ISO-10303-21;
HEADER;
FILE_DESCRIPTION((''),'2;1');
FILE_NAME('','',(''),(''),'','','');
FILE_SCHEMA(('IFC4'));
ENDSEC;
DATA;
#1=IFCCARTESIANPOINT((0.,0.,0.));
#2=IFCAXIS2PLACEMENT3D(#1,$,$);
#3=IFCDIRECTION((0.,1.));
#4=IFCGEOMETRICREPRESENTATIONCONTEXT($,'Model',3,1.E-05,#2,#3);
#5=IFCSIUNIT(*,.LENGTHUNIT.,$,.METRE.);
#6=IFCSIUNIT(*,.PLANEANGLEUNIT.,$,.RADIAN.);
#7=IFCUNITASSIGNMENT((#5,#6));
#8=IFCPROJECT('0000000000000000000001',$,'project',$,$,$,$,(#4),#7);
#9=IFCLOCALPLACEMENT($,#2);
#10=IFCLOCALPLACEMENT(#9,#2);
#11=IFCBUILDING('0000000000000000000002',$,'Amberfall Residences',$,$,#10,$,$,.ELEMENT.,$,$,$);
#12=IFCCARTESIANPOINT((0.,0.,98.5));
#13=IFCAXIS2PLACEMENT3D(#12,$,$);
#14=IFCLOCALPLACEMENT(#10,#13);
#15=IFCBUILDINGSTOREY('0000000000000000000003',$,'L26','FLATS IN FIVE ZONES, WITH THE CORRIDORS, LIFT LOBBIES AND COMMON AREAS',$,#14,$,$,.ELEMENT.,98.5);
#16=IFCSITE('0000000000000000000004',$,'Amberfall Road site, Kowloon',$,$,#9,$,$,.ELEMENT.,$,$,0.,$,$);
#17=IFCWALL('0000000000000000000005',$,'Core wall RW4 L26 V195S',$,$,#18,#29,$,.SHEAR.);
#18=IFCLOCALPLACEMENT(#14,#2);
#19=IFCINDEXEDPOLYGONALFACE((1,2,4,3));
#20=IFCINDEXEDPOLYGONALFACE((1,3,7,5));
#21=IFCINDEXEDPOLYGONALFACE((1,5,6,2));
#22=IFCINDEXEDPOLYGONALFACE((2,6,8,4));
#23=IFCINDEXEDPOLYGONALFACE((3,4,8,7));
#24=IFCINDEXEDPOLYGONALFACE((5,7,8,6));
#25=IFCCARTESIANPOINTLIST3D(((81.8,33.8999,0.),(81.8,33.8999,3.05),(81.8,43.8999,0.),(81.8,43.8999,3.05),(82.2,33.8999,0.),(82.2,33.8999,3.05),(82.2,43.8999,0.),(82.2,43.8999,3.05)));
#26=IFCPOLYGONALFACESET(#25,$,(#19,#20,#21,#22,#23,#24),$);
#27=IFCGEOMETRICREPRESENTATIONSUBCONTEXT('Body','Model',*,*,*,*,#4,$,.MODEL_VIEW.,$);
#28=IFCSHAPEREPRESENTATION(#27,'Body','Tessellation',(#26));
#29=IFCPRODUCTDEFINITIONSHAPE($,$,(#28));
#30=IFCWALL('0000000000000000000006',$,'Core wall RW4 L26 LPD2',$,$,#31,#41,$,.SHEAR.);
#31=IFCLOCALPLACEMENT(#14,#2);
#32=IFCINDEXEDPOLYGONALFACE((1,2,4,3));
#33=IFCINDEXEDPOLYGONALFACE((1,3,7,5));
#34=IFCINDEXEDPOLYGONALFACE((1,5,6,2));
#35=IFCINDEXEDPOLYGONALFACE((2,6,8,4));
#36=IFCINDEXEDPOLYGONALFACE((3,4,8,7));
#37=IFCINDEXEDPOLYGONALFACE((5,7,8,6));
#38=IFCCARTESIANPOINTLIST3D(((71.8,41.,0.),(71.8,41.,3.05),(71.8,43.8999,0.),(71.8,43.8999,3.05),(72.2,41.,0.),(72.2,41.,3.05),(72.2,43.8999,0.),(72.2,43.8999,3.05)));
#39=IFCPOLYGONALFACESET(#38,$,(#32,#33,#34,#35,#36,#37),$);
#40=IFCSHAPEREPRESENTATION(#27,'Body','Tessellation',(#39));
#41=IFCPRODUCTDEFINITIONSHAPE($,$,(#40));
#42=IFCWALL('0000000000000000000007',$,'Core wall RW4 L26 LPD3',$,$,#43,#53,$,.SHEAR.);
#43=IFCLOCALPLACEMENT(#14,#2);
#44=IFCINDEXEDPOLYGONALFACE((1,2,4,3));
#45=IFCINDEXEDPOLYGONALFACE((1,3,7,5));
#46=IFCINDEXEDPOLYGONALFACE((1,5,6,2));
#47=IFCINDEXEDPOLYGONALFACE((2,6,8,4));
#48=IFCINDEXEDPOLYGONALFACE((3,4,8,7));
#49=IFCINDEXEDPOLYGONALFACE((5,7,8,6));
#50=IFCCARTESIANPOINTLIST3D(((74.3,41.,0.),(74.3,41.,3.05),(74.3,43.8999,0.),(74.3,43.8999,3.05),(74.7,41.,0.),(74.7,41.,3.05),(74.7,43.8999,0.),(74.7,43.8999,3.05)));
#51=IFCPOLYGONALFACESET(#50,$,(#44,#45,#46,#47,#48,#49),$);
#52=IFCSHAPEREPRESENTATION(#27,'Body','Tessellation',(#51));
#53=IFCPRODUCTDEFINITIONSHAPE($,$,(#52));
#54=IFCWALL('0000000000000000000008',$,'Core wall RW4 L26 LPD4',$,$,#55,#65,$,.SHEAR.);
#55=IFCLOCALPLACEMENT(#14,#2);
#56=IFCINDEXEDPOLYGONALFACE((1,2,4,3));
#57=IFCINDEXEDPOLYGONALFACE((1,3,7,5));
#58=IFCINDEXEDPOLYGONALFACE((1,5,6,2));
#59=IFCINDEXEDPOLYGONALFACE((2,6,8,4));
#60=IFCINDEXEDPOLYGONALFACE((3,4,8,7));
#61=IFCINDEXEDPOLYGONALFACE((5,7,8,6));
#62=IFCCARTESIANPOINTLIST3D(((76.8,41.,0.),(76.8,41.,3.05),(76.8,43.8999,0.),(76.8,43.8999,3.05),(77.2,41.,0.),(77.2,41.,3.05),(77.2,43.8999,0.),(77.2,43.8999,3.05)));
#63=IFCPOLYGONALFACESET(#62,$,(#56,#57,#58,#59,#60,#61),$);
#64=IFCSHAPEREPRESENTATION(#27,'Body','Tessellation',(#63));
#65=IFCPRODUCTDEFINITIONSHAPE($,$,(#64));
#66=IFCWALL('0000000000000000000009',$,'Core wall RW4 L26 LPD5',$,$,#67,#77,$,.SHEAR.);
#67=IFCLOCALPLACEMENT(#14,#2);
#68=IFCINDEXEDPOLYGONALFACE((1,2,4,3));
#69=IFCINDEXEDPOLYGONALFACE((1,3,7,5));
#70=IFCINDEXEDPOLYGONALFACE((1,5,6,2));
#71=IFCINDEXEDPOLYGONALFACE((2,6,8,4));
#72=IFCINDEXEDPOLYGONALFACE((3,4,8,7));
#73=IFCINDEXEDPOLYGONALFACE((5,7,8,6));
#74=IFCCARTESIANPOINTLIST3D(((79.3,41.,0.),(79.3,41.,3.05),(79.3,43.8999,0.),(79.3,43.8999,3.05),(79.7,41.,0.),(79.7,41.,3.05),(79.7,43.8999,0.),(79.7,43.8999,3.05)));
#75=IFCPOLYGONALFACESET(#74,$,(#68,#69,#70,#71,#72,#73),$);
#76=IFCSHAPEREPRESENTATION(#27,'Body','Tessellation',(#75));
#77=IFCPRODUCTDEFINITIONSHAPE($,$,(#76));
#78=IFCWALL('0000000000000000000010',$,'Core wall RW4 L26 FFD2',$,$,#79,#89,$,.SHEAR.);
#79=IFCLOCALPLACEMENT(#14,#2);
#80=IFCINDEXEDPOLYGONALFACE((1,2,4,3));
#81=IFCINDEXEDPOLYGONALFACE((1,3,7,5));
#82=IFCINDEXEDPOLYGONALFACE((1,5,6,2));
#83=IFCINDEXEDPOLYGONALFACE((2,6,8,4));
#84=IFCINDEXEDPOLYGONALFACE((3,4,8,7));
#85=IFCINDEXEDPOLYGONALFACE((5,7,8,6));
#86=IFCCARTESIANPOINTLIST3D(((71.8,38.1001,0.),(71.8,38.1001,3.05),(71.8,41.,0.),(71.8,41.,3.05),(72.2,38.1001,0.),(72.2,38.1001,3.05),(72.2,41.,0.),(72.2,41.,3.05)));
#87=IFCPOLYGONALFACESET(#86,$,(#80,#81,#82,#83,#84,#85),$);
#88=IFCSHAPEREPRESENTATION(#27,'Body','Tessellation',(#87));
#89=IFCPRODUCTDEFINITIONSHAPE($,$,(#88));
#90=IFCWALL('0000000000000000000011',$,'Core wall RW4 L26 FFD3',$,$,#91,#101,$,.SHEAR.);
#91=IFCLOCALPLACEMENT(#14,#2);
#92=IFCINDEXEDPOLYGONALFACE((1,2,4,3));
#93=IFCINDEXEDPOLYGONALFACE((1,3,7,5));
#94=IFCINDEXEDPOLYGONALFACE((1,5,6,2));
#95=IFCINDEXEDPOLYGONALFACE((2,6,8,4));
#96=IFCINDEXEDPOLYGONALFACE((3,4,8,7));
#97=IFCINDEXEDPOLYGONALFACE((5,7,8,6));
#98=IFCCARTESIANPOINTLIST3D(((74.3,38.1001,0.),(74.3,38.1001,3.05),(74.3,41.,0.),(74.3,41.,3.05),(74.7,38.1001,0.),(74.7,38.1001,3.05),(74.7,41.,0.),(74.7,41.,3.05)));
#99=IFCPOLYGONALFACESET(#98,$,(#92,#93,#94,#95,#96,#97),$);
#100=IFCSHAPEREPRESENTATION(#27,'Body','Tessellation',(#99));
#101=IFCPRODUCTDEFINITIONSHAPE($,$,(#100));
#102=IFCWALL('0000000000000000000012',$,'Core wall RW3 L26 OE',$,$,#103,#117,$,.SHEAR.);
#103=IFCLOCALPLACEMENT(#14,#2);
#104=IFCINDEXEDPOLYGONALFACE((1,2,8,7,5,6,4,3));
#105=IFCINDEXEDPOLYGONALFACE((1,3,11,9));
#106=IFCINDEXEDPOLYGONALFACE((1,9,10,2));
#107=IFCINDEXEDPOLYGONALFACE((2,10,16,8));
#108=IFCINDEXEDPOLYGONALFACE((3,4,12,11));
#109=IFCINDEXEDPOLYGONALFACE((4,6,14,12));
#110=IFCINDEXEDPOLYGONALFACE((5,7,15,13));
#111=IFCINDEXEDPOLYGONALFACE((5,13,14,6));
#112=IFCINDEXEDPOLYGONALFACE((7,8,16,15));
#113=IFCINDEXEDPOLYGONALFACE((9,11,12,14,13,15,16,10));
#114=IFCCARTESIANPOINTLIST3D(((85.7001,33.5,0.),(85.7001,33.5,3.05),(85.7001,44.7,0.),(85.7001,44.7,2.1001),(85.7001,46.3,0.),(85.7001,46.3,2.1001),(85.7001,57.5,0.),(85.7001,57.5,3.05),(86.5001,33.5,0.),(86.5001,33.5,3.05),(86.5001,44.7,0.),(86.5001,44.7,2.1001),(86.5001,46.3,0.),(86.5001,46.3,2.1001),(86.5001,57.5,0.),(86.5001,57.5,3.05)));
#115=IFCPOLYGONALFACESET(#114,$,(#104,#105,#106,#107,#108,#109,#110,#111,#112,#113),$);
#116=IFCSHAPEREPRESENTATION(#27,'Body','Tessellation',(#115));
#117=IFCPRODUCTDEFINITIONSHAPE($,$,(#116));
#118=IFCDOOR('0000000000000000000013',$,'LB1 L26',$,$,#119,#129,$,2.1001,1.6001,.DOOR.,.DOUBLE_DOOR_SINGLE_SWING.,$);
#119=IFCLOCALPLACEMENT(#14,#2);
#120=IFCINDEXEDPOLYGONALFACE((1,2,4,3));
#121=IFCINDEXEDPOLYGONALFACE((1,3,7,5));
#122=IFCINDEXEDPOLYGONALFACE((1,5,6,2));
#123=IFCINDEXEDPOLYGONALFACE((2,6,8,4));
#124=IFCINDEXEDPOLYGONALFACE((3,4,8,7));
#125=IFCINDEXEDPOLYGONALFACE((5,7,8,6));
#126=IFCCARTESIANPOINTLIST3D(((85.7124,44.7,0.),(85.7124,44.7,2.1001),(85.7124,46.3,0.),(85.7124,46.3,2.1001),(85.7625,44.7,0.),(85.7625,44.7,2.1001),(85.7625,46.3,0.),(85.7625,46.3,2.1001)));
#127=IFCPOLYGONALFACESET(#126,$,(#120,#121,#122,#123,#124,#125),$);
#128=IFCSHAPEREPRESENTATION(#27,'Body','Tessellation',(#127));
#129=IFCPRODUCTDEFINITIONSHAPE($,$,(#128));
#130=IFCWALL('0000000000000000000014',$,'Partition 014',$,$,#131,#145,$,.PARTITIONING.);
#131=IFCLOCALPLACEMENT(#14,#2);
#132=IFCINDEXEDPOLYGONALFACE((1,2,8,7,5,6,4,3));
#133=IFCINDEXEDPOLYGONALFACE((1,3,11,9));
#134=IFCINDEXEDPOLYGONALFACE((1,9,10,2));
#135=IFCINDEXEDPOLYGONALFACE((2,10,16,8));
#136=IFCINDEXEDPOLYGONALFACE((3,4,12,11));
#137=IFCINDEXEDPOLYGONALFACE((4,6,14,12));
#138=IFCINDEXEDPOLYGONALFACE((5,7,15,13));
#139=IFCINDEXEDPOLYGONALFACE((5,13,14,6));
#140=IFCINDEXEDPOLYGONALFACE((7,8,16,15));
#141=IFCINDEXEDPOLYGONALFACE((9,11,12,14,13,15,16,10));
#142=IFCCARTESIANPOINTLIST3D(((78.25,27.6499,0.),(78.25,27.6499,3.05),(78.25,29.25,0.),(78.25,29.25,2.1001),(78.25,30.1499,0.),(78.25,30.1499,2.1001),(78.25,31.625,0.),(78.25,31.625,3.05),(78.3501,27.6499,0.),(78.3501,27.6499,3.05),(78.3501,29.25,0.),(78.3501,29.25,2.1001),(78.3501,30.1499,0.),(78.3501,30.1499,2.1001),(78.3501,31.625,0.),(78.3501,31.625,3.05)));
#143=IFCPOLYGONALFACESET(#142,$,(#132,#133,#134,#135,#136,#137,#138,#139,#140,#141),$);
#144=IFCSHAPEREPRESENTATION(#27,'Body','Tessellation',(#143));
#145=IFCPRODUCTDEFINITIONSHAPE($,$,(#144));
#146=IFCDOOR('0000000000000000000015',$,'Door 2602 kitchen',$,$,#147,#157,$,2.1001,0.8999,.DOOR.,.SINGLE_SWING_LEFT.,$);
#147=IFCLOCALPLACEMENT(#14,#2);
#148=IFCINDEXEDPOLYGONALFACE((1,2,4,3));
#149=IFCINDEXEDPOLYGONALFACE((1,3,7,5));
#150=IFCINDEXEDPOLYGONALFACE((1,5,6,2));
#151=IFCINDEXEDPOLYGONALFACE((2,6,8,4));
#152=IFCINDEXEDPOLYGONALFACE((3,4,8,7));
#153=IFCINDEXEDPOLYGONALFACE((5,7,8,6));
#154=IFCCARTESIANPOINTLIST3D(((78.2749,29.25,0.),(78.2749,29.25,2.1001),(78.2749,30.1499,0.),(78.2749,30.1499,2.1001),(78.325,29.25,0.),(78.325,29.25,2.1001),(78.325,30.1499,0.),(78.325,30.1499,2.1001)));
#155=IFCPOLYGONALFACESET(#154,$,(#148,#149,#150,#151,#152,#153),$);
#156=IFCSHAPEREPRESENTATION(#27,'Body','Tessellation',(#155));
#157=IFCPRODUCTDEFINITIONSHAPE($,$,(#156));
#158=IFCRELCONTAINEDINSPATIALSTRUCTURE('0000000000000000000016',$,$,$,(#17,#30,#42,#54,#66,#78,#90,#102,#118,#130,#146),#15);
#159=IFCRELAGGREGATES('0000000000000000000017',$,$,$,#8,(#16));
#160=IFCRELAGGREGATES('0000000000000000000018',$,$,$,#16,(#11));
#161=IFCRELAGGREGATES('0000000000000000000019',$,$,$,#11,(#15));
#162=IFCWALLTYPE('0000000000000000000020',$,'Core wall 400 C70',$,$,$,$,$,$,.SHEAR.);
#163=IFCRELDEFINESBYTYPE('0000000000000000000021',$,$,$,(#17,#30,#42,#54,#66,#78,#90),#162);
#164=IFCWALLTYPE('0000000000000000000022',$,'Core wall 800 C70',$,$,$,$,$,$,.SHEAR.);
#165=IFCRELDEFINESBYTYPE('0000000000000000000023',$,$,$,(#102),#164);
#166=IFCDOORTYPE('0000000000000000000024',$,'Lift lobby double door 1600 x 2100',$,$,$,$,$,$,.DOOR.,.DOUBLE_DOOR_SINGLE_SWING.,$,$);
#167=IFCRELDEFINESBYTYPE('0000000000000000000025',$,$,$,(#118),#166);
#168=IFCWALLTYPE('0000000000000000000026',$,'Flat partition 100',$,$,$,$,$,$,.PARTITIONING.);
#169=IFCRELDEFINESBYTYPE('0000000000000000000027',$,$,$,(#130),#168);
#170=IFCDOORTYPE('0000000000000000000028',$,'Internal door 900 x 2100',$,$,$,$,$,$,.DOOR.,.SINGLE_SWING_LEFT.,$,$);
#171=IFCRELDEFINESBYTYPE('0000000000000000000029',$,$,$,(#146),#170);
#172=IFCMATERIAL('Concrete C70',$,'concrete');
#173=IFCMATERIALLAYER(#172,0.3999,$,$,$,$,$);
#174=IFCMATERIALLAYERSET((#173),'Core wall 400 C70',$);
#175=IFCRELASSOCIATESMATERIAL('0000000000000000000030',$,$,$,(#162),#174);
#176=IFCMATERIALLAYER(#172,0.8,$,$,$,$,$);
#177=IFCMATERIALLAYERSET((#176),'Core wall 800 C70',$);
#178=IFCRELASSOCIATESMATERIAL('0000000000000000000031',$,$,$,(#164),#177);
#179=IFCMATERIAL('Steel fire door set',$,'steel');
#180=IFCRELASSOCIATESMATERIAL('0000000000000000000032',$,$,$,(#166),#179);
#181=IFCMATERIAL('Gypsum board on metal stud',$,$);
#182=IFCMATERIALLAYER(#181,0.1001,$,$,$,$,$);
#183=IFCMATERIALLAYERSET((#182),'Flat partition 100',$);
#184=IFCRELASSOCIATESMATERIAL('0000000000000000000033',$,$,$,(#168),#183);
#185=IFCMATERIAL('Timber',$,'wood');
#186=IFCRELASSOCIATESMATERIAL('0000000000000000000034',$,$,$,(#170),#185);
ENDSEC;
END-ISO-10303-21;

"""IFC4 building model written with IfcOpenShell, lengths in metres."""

from ifc_helpers import new_model, si_unit, direction, frame, frame_2d, origin, place, context, subcontext, project, spatial, rectangle, extrude, material, layer, layer_set, type_object, element, fill, save


model = new_model("IFC4")

# Units and contexts
model_context = context("Model", 3, precision=1e-05, world=origin(), true_north=direction((0.0, 1.0)))
body_context = subcontext(model_context, "Body", "Model", "MODEL_VIEW")
ifc_project = project(units=[si_unit("LENGTHUNIT", "METRE"), si_unit("PLANEANGLEUNIT", "RADIAN")], contexts=[model_context])

# Site, building, storey
site_placement = place(None, origin())
site = spatial("IfcSite", under=ifc_project, at=site_placement, Name="Amberfall Road site, Kowloon", CompositionType="ELEMENT", RefElevation=0.0)
building_placement = place(site_placement, origin())
building = spatial("IfcBuilding", under=site, at=building_placement, Name="Amberfall Residences", CompositionType="ELEMENT")
storey_placement = place(building_placement, frame((0.0, 0.0, 98.5)))
storey = spatial("IfcBuildingStorey", under=building, at=storey_placement, Name="L26", Description="FLATS IN FIVE ZONES, WITH THE CORRIDORS, LIFT LOBBIES AND COMMON AREAS", CompositionType="ELEMENT", Elevation=98.5)

# Walls
ifc_material_1 = material(Name="Concrete C70", Category="concrete")
ifc_layer_1 = layer(ifc_material_1, 0.3999)
ifc_layer_set_1 = layer_set([ifc_layer_1], Name="Core wall 400 C70")
wall_type_1 = type_object("IfcWallType", Name="Core wall 400 C70", PredefinedType="SHEAR", material=ifc_layer_set_1)
wall_1_placement = place(storey_placement, frame((82.0, 33.8999, 0.0), z_axis=(0.0, 0.0, 1.0), x_axis=(0.0, 1.0, 0.0)))
element("IfcWall", 1, at=wall_1_placement, inside=storey, type_object=wall_type_1, Name="Core wall RW4 L26 V195S", PredefinedType="SHEAR", context=body_context, shape_type="SweptSolid", body=[
    extrude(rectangle(XDim=10.0, YDim=0.3999, at=frame_2d((5.0, 0.0))), origin(), (0.0, 0.0, 1.0), 3.05),
])
for number, where, z_axis, x_axis, name in (
    (2, (72.0, 41.0, 0.0), (0.0, 0.0, 1.0), (0.0, 1.0, 0.0), "Core wall RW4 L26 LPD2"),
    (3, (74.5, 41.0, 0.0), (0.0, 0.0, 1.0), (0.0, 1.0, 0.0), "Core wall RW4 L26 LPD3"),
    (4, (77.0, 41.0, 0.0), (0.0, 0.0, 1.0), (0.0, 1.0, 0.0), "Core wall RW4 L26 LPD4"),
    (5, (79.5, 41.0, 0.0), (0.0, 0.0, 1.0), (0.0, 1.0, 0.0), "Core wall RW4 L26 LPD5"),
    (6, (72.0, 38.1001, 0.0), (0.0, 0.0, 1.0), (0.0, 1.0, 0.0), "Core wall RW4 L26 FFD2"),
    (7, (74.5, 38.1001, 0.0), (0.0, 0.0, 1.0), (0.0, 1.0, 0.0), "Core wall RW4 L26 FFD3"),
):
    element("IfcWall", number, at=place(storey_placement, frame(where, z_axis=z_axis, x_axis=x_axis)), inside=storey, type_object=wall_type_1, Name=name, PredefinedType="SHEAR", context=body_context, shape_type="SweptSolid", body=[
        extrude(rectangle(XDim=2.8999, YDim=0.3999, at=frame_2d((1.45, 0.0))), origin(), (0.0, 0.0, 1.0), 3.05),
    ])

# Walls, openings, doors
ifc_layer_2 = layer(ifc_material_1, 0.8)
ifc_layer_set_2 = layer_set([ifc_layer_2], Name="Core wall 800 C70")
wall_type_2 = type_object("IfcWallType", Name="Core wall 800 C70", PredefinedType="SHEAR", material=ifc_layer_set_2)
wall_2_placement = place(storey_placement, frame((86.1001, 33.5, 0.0), z_axis=(0.0, 0.0, 1.0), x_axis=(0.0, 1.0, 0.0)))
wall_2 = element("IfcWall", 8, at=wall_2_placement, inside=storey, type_object=wall_type_2, Name="Core wall RW3 L26 OE", PredefinedType="SHEAR", context=body_context, shape_type="SweptSolid", body=[
    extrude(rectangle(XDim=24.0, YDim=0.8, at=frame_2d((12.0, 0.0))), origin(), (0.0, 0.0, 1.0), 3.05),
])
opening_1_placement = place(wall_2_placement, frame((11.2, 0.0, 0.0)))
opening_1 = element("IfcOpeningElement", 9, at=opening_1_placement, cuts=wall_2, PredefinedType="OPENING", context=body_context, shape_type="SweptSolid", body=[
    extrude(rectangle(XDim=1.6001, YDim=2.1001, at=frame_2d((0.8, 1.05))), frame((0.0, 0.4099, 0.0), z_axis=(0.0, -1.0, 0.0), x_axis=(1.0, 0.0, 0.0)), (0.0, 0.0, 1.0), 0.8201),
])
ifc_material_2 = material(Name="Steel fire door set", Category="steel")
door_type_1 = type_object("IfcDoorType", Name="Lift lobby double door 1600 x 2100", OperationType="DOUBLE_DOOR_SINGLE_SWING", PredefinedType="DOOR", material=ifc_material_2)
door_1_placement = place(opening_1_placement, origin())
door_1 = element("IfcDoor", 10, at=door_1_placement, inside=storey, type_object=door_type_1, Name="LB1 L26", OperationType="DOUBLE_DOOR_SINGLE_SWING", OverallHeight=2.1001, OverallWidth=1.6001, PredefinedType="DOOR", context=body_context, shape_type="SweptSolid", body=[
    extrude(rectangle(XDim=1.6001, YDim=2.1001, at=frame_2d((0.8, 1.05))), frame((0.0, 0.3877, 0.0), z_axis=(0.0, -1.0, 0.0), x_axis=(1.0, 0.0, 0.0)), (0.0, 0.0, 1.0), 0.05),
])
fill(opening_1, door_1)
ifc_material_3 = material(Name="Gypsum board on metal stud")
ifc_layer_3 = layer(ifc_material_3, 0.1001)
ifc_layer_set_3 = layer_set([ifc_layer_3], Name="Flat partition 100")
wall_type_3 = type_object("IfcWallType", Name="Flat partition 100", PredefinedType="PARTITIONING", material=ifc_layer_set_3)
wall_3_placement = place(storey_placement, frame((78.3, 31.625, 0.0), z_axis=(0.0, 0.0, 1.0), x_axis=(0.0, -1.0, 0.0)))
wall_3 = element("IfcWall", 11, at=wall_3_placement, inside=storey, type_object=wall_type_3, Name="Partition 014", PredefinedType="PARTITIONING", context=body_context, shape_type="SweptSolid", body=[
    extrude(rectangle(XDim=3.9751, YDim=0.1001, at=frame_2d((1.9875, 0.0))), origin(), (0.0, 0.0, 1.0), 3.05),
])
opening_2_placement = place(wall_3_placement, frame((1.4751, 0.0, 0.0)))
opening_2 = element("IfcOpeningElement", 12, at=opening_2_placement, cuts=wall_3, PredefinedType="OPENING", context=body_context, shape_type="SweptSolid", body=[
    extrude(rectangle(XDim=0.8999, YDim=2.1001, at=frame_2d((0.45, 1.05))), frame((0.0, 0.0601, 0.0), z_axis=(0.0, -1.0, 0.0), x_axis=(1.0, 0.0, 0.0)), (0.0, 0.0, 1.0), 0.1201),
])
ifc_material_4 = material(Name="Timber", Category="wood")
door_type_2 = type_object("IfcDoorType", Name="Internal door 900 x 2100", OperationType="SINGLE_SWING_LEFT", PredefinedType="DOOR", material=ifc_material_4)
door_2_placement = place(opening_2_placement, origin())
door_2 = element("IfcDoor", 13, at=door_2_placement, inside=storey, type_object=door_type_2, Name="Door 2602 kitchen", OperationType="SINGLE_SWING_LEFT", OverallHeight=2.1001, OverallWidth=0.8999, PredefinedType="DOOR", context=body_context, shape_type="SweptSolid", body=[
    extrude(rectangle(XDim=0.8999, YDim=2.1001, at=frame_2d((0.45, 1.05))), frame((0.0, 0.0249, 0.0), z_axis=(0.0, -1.0, 0.0), x_axis=(1.0, 0.0, 0.0)), (0.0, 0.0, 1.0), 0.05),
])
fill(opening_2, door_2)

save(model, "model.ifc")
